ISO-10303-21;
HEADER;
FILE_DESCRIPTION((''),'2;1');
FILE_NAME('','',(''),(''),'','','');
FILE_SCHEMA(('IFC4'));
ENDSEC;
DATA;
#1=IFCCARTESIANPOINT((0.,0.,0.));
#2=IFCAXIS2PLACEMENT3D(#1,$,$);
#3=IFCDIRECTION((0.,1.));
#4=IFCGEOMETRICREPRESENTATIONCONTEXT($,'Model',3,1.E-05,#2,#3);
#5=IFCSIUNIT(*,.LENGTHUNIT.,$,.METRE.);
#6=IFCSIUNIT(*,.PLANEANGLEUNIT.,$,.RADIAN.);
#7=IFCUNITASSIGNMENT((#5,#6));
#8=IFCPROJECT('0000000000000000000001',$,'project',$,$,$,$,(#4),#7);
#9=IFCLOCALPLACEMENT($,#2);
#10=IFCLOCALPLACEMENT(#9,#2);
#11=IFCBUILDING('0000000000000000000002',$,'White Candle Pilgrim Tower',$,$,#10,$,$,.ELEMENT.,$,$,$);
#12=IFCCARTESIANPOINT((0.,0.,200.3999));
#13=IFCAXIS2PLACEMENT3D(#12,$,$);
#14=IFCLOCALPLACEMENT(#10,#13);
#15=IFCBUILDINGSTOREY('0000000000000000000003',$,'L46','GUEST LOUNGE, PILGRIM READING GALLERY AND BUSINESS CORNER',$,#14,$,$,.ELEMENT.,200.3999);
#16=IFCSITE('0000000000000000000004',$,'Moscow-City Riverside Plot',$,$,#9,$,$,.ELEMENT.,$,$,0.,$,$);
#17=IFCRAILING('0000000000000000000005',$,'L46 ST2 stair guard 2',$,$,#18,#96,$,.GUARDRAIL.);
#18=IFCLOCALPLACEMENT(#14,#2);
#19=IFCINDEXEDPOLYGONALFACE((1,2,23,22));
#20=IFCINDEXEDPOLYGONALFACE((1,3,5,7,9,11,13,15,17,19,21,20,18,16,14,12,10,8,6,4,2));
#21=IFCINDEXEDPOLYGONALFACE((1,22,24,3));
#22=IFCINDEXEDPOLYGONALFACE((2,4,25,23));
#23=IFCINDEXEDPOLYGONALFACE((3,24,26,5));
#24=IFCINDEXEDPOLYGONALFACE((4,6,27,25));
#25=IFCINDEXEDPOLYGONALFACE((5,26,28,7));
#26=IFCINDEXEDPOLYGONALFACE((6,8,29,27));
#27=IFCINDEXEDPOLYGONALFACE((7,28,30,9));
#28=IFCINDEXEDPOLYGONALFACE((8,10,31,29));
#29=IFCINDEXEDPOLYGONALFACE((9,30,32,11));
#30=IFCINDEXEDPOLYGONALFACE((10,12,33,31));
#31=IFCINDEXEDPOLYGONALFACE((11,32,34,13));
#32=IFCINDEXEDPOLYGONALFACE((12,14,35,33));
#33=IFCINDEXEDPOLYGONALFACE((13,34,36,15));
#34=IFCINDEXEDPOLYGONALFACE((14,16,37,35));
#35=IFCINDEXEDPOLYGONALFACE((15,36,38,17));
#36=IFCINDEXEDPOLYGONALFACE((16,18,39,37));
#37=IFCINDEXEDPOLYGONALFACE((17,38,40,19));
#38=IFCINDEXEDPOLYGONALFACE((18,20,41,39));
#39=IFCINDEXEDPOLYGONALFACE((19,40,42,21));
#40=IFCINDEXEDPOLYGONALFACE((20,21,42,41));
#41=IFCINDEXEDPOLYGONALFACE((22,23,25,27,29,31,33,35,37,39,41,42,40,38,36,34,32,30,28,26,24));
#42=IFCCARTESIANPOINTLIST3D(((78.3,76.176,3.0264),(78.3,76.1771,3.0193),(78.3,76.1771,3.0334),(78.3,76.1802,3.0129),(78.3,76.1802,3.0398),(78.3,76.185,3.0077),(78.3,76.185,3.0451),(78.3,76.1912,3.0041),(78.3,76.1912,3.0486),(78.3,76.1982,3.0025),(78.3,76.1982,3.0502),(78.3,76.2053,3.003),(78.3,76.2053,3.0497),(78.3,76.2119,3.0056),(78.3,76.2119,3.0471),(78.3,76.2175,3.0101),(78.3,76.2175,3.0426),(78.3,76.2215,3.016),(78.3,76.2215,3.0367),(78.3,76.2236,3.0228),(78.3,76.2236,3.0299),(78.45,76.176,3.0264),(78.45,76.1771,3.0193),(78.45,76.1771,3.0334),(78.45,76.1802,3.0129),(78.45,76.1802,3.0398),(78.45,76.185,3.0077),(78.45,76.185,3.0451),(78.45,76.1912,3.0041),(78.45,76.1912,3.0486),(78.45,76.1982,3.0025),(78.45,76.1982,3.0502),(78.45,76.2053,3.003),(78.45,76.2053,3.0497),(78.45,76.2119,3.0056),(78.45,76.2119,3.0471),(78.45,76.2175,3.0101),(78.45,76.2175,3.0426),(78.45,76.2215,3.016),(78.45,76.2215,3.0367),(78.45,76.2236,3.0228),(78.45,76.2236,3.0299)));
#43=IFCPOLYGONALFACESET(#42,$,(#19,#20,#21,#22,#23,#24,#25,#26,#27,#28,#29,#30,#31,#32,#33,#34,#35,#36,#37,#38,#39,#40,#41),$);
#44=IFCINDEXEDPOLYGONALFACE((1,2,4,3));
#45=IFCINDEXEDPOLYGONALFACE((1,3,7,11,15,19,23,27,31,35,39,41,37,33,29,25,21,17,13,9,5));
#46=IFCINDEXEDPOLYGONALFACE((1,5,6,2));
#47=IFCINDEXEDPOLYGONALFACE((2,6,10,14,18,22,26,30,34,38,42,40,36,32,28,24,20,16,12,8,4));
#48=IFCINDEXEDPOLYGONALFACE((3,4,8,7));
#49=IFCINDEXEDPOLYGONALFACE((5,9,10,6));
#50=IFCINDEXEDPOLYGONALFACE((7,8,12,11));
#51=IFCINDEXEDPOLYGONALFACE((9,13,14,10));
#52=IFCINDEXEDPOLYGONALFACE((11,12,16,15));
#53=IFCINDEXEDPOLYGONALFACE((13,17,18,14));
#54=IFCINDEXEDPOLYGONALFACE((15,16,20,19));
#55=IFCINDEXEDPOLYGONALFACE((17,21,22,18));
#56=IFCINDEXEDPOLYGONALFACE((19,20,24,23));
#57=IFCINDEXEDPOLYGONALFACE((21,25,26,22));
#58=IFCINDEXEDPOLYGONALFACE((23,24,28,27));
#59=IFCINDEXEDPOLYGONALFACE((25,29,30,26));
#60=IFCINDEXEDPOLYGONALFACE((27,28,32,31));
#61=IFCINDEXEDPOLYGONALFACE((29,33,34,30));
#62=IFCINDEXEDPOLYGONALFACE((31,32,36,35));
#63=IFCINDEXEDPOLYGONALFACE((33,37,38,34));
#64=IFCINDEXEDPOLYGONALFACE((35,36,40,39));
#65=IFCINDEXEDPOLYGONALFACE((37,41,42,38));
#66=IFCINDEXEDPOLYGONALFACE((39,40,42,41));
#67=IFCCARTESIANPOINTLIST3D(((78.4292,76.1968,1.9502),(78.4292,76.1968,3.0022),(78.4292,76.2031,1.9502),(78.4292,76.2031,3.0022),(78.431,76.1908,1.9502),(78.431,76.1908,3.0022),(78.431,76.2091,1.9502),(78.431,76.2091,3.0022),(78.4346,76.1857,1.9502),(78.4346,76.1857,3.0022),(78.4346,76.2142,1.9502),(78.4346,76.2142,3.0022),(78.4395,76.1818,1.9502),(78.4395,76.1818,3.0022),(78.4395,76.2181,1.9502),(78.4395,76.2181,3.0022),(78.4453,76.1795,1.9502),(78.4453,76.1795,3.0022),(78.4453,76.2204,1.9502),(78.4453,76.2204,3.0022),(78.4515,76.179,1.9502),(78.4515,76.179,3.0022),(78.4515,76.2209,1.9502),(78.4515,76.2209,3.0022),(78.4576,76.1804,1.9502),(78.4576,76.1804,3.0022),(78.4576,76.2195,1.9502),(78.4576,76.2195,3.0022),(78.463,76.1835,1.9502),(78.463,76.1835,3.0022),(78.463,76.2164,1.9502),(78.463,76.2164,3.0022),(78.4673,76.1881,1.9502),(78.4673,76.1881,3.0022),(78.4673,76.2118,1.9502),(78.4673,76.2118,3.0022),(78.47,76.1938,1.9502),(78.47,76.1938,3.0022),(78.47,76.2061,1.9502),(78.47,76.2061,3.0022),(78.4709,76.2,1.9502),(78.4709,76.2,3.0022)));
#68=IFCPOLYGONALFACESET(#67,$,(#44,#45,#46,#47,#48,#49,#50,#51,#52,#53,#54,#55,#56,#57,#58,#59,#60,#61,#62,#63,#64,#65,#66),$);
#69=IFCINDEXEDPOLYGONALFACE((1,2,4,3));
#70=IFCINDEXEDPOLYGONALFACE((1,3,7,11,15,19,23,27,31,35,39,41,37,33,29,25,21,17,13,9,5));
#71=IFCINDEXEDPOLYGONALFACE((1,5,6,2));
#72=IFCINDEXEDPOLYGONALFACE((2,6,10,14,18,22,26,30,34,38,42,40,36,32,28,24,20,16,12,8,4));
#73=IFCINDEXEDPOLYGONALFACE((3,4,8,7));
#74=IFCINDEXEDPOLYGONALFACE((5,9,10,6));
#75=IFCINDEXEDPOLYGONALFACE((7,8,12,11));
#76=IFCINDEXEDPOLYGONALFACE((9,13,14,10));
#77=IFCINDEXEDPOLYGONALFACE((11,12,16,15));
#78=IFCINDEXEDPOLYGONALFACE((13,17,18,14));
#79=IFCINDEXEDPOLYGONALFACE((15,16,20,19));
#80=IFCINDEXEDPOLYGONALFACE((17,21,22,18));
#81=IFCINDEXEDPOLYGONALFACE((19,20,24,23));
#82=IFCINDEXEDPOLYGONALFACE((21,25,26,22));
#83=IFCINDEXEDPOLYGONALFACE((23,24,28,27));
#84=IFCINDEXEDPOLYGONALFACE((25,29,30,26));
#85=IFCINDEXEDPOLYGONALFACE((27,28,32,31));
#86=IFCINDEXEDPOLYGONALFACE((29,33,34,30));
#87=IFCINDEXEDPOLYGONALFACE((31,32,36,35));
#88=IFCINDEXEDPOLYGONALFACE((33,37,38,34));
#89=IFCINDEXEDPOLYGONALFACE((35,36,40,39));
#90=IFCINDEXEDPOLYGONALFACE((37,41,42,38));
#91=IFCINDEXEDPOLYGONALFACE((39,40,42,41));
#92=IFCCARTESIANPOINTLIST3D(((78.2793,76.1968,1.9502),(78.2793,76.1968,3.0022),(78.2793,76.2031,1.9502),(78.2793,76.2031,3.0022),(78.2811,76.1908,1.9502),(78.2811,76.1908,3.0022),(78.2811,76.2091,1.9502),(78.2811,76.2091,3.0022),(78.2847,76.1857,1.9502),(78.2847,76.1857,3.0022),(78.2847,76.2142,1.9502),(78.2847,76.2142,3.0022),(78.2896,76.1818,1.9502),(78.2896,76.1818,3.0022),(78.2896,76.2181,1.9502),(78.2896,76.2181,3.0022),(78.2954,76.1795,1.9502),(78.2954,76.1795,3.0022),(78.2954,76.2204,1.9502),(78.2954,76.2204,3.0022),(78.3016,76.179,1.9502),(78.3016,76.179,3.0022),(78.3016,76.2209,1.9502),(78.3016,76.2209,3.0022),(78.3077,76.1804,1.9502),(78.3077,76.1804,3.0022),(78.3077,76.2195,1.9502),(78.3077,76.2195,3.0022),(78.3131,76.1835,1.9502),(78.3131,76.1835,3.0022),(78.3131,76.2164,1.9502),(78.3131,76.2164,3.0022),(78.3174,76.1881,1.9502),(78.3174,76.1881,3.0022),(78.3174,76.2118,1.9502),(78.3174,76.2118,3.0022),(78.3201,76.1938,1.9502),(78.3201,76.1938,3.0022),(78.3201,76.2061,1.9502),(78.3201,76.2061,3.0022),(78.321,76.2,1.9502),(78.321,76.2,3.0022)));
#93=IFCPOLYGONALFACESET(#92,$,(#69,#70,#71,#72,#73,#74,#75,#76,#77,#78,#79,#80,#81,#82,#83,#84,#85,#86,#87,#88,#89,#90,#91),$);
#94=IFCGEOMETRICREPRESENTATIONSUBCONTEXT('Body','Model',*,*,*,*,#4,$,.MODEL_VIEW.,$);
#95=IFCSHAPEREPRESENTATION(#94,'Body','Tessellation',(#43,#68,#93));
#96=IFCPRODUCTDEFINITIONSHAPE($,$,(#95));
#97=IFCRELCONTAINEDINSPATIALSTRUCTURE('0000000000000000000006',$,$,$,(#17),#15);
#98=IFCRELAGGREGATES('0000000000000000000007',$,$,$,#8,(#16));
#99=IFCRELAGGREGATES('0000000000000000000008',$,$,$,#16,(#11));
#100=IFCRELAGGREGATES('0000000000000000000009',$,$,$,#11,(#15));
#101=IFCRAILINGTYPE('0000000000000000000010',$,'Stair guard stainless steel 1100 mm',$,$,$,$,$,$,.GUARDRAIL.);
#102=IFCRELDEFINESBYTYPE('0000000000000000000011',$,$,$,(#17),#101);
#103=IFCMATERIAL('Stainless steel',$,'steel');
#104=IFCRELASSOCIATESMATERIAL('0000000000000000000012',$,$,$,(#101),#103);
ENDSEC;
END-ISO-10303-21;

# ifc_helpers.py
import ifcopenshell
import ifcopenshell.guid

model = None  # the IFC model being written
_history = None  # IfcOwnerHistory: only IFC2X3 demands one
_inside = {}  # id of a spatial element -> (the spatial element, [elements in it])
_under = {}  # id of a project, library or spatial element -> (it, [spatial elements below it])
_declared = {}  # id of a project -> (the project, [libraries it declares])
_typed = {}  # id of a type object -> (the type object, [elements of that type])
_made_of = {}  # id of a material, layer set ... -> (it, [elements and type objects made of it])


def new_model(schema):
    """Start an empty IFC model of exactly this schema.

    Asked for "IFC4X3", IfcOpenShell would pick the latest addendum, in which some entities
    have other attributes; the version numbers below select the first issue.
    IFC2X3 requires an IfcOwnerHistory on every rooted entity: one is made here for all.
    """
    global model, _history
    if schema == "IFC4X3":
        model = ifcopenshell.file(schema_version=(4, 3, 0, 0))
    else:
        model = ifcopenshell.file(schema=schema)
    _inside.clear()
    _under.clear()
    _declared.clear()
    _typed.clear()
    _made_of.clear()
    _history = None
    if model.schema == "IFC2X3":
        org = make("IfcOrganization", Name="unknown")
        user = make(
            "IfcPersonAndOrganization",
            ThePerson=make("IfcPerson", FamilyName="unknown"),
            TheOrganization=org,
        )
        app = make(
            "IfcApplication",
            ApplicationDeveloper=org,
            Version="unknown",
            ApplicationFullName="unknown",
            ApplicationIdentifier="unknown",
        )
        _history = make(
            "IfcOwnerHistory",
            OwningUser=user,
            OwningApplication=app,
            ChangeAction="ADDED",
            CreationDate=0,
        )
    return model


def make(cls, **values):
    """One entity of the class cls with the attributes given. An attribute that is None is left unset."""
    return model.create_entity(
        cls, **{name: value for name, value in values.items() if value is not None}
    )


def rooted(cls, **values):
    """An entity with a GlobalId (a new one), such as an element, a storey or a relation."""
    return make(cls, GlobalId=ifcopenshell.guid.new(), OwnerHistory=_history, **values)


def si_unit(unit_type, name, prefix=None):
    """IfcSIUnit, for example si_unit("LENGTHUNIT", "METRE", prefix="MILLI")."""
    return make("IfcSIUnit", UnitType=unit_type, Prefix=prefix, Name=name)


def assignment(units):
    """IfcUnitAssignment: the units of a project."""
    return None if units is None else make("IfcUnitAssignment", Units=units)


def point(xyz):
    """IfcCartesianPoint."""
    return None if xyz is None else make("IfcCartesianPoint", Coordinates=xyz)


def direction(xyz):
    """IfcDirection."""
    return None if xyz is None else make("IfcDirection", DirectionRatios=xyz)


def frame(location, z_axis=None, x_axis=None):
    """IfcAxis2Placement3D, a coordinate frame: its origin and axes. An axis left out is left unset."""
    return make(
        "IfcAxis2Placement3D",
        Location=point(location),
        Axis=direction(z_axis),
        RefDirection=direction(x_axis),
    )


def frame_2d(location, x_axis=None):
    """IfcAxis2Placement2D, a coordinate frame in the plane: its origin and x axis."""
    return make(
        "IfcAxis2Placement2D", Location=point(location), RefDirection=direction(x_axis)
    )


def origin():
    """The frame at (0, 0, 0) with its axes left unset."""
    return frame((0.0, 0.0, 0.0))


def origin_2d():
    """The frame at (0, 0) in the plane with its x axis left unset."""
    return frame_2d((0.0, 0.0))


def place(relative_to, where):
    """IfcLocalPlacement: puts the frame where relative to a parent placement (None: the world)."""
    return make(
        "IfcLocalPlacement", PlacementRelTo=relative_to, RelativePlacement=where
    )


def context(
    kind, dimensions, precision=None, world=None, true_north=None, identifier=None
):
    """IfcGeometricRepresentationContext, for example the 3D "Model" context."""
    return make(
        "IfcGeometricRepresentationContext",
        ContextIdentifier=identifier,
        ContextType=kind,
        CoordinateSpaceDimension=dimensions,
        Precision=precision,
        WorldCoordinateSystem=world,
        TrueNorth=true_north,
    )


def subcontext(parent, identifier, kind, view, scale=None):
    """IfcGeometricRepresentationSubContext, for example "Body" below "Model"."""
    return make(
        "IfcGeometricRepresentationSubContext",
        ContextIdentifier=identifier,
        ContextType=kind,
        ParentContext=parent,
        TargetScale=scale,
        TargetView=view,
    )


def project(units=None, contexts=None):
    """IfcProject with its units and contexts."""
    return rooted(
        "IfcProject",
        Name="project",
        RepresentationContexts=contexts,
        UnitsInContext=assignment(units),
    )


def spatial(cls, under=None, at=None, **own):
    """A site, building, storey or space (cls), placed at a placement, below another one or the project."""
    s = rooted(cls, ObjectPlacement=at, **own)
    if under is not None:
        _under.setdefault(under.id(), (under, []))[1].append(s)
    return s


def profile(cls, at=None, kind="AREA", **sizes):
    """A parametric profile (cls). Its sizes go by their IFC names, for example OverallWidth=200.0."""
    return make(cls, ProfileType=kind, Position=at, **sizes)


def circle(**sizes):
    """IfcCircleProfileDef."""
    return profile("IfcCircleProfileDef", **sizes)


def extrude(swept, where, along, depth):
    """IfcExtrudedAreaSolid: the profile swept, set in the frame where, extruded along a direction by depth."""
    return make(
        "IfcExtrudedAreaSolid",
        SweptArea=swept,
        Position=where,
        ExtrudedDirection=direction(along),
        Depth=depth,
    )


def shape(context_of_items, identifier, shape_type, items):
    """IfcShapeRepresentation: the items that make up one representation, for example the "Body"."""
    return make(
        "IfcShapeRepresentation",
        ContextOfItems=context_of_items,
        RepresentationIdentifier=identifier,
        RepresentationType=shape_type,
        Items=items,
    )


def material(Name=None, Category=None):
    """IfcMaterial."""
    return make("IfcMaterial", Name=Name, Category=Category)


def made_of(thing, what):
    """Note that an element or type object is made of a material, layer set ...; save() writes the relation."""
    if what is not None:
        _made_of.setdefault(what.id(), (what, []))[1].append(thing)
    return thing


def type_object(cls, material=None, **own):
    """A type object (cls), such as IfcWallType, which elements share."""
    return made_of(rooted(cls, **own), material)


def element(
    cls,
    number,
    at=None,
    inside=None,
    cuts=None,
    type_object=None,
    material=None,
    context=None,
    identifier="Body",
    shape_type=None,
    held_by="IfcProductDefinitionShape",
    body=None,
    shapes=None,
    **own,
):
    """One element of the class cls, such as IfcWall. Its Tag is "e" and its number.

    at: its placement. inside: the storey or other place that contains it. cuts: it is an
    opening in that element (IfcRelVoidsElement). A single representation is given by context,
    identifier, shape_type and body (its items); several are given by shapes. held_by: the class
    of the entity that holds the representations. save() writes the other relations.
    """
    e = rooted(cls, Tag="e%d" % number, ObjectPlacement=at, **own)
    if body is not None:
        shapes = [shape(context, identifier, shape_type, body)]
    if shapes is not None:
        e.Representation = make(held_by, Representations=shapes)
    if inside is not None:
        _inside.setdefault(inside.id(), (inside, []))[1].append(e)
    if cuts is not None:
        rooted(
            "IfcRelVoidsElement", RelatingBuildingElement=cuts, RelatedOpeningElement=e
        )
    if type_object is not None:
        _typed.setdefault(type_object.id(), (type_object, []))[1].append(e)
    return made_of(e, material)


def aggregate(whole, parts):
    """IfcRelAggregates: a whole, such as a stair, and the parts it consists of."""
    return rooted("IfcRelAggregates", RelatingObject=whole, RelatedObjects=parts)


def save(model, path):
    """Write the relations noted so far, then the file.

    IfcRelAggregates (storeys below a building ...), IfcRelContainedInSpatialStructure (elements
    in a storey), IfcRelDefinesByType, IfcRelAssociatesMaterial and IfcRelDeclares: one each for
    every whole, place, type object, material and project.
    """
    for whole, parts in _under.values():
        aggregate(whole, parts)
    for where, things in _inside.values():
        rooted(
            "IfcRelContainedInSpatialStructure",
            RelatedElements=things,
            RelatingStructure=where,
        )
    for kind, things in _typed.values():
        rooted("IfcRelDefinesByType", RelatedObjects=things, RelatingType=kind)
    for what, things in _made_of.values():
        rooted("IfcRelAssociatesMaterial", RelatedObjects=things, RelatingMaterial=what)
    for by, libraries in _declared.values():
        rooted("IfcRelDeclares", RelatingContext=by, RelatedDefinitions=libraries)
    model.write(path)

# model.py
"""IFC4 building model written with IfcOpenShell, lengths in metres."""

from ifc_helpers import new_model, si_unit, direction, frame, origin, origin_2d, place, context, subcontext, project, spatial, circle, extrude, material, type_object, element, save


model = new_model("IFC4")

# Units and contexts
model_context = context("Model", 3, precision=1e-05, world=origin(), true_north=direction((0.0, 1.0)))
body_context = subcontext(model_context, "Body", "Model", "MODEL_VIEW")
ifc_project = project(units=[si_unit("LENGTHUNIT", "METRE"), si_unit("PLANEANGLEUNIT", "RADIAN")], contexts=[model_context])

# Site, building, storey
site_placement = place(None, origin())
site = spatial("IfcSite", under=ifc_project, at=site_placement, Name="Moscow-City Riverside Plot", CompositionType="ELEMENT", RefElevation=0.0)
building_placement = place(site_placement, origin())
building = spatial("IfcBuilding", under=site, at=building_placement, Name="White Candle Pilgrim Tower", CompositionType="ELEMENT")
storey_placement = place(building_placement, frame((0.0, 0.0, 200.3999)))
storey = spatial("IfcBuildingStorey", under=building, at=storey_placement, Name="L46", Description="GUEST LOUNGE, PILGRIM READING GALLERY AND BUSINESS CORNER", CompositionType="ELEMENT", Elevation=200.3999)

# Railing
ifc_material_1 = material(Name="Stainless steel", Category="steel")
railing_type_1 = type_object("IfcRailingType", Name="Stair guard stainless steel 1100 mm", PredefinedType="GUARDRAIL", material=ifc_material_1)
railing_1_placement = place(storey_placement, frame((78.45, 76.2, 1.9502)))
element("IfcRailing", 1, at=railing_1_placement, inside=storey, type_object=railing_type_1, Name="L46 ST2 stair guard 2", PredefinedType="GUARDRAIL", context=body_context, shape_type="SweptSolid", body=[
    extrude(circle(Radius=0.0239, at=origin_2d()), frame((0.0, 0.0, 1.0762), z_axis=(-1.0, 0.0, 0.0), x_axis=(0.0, -1.0, 0.0)), (0.0, 0.0, 1.0), 0.1499),
    extrude(circle(Radius=0.021, at=origin_2d()), origin(), (0.0, 0.0, 1.0), 1.052),
    extrude(circle(Radius=0.021, at=origin_2d()), frame((-0.1499, 0.0, 0.0)), (0.0, 0.0, 1.0), 1.052),
])

save(model, "model.ifc")
